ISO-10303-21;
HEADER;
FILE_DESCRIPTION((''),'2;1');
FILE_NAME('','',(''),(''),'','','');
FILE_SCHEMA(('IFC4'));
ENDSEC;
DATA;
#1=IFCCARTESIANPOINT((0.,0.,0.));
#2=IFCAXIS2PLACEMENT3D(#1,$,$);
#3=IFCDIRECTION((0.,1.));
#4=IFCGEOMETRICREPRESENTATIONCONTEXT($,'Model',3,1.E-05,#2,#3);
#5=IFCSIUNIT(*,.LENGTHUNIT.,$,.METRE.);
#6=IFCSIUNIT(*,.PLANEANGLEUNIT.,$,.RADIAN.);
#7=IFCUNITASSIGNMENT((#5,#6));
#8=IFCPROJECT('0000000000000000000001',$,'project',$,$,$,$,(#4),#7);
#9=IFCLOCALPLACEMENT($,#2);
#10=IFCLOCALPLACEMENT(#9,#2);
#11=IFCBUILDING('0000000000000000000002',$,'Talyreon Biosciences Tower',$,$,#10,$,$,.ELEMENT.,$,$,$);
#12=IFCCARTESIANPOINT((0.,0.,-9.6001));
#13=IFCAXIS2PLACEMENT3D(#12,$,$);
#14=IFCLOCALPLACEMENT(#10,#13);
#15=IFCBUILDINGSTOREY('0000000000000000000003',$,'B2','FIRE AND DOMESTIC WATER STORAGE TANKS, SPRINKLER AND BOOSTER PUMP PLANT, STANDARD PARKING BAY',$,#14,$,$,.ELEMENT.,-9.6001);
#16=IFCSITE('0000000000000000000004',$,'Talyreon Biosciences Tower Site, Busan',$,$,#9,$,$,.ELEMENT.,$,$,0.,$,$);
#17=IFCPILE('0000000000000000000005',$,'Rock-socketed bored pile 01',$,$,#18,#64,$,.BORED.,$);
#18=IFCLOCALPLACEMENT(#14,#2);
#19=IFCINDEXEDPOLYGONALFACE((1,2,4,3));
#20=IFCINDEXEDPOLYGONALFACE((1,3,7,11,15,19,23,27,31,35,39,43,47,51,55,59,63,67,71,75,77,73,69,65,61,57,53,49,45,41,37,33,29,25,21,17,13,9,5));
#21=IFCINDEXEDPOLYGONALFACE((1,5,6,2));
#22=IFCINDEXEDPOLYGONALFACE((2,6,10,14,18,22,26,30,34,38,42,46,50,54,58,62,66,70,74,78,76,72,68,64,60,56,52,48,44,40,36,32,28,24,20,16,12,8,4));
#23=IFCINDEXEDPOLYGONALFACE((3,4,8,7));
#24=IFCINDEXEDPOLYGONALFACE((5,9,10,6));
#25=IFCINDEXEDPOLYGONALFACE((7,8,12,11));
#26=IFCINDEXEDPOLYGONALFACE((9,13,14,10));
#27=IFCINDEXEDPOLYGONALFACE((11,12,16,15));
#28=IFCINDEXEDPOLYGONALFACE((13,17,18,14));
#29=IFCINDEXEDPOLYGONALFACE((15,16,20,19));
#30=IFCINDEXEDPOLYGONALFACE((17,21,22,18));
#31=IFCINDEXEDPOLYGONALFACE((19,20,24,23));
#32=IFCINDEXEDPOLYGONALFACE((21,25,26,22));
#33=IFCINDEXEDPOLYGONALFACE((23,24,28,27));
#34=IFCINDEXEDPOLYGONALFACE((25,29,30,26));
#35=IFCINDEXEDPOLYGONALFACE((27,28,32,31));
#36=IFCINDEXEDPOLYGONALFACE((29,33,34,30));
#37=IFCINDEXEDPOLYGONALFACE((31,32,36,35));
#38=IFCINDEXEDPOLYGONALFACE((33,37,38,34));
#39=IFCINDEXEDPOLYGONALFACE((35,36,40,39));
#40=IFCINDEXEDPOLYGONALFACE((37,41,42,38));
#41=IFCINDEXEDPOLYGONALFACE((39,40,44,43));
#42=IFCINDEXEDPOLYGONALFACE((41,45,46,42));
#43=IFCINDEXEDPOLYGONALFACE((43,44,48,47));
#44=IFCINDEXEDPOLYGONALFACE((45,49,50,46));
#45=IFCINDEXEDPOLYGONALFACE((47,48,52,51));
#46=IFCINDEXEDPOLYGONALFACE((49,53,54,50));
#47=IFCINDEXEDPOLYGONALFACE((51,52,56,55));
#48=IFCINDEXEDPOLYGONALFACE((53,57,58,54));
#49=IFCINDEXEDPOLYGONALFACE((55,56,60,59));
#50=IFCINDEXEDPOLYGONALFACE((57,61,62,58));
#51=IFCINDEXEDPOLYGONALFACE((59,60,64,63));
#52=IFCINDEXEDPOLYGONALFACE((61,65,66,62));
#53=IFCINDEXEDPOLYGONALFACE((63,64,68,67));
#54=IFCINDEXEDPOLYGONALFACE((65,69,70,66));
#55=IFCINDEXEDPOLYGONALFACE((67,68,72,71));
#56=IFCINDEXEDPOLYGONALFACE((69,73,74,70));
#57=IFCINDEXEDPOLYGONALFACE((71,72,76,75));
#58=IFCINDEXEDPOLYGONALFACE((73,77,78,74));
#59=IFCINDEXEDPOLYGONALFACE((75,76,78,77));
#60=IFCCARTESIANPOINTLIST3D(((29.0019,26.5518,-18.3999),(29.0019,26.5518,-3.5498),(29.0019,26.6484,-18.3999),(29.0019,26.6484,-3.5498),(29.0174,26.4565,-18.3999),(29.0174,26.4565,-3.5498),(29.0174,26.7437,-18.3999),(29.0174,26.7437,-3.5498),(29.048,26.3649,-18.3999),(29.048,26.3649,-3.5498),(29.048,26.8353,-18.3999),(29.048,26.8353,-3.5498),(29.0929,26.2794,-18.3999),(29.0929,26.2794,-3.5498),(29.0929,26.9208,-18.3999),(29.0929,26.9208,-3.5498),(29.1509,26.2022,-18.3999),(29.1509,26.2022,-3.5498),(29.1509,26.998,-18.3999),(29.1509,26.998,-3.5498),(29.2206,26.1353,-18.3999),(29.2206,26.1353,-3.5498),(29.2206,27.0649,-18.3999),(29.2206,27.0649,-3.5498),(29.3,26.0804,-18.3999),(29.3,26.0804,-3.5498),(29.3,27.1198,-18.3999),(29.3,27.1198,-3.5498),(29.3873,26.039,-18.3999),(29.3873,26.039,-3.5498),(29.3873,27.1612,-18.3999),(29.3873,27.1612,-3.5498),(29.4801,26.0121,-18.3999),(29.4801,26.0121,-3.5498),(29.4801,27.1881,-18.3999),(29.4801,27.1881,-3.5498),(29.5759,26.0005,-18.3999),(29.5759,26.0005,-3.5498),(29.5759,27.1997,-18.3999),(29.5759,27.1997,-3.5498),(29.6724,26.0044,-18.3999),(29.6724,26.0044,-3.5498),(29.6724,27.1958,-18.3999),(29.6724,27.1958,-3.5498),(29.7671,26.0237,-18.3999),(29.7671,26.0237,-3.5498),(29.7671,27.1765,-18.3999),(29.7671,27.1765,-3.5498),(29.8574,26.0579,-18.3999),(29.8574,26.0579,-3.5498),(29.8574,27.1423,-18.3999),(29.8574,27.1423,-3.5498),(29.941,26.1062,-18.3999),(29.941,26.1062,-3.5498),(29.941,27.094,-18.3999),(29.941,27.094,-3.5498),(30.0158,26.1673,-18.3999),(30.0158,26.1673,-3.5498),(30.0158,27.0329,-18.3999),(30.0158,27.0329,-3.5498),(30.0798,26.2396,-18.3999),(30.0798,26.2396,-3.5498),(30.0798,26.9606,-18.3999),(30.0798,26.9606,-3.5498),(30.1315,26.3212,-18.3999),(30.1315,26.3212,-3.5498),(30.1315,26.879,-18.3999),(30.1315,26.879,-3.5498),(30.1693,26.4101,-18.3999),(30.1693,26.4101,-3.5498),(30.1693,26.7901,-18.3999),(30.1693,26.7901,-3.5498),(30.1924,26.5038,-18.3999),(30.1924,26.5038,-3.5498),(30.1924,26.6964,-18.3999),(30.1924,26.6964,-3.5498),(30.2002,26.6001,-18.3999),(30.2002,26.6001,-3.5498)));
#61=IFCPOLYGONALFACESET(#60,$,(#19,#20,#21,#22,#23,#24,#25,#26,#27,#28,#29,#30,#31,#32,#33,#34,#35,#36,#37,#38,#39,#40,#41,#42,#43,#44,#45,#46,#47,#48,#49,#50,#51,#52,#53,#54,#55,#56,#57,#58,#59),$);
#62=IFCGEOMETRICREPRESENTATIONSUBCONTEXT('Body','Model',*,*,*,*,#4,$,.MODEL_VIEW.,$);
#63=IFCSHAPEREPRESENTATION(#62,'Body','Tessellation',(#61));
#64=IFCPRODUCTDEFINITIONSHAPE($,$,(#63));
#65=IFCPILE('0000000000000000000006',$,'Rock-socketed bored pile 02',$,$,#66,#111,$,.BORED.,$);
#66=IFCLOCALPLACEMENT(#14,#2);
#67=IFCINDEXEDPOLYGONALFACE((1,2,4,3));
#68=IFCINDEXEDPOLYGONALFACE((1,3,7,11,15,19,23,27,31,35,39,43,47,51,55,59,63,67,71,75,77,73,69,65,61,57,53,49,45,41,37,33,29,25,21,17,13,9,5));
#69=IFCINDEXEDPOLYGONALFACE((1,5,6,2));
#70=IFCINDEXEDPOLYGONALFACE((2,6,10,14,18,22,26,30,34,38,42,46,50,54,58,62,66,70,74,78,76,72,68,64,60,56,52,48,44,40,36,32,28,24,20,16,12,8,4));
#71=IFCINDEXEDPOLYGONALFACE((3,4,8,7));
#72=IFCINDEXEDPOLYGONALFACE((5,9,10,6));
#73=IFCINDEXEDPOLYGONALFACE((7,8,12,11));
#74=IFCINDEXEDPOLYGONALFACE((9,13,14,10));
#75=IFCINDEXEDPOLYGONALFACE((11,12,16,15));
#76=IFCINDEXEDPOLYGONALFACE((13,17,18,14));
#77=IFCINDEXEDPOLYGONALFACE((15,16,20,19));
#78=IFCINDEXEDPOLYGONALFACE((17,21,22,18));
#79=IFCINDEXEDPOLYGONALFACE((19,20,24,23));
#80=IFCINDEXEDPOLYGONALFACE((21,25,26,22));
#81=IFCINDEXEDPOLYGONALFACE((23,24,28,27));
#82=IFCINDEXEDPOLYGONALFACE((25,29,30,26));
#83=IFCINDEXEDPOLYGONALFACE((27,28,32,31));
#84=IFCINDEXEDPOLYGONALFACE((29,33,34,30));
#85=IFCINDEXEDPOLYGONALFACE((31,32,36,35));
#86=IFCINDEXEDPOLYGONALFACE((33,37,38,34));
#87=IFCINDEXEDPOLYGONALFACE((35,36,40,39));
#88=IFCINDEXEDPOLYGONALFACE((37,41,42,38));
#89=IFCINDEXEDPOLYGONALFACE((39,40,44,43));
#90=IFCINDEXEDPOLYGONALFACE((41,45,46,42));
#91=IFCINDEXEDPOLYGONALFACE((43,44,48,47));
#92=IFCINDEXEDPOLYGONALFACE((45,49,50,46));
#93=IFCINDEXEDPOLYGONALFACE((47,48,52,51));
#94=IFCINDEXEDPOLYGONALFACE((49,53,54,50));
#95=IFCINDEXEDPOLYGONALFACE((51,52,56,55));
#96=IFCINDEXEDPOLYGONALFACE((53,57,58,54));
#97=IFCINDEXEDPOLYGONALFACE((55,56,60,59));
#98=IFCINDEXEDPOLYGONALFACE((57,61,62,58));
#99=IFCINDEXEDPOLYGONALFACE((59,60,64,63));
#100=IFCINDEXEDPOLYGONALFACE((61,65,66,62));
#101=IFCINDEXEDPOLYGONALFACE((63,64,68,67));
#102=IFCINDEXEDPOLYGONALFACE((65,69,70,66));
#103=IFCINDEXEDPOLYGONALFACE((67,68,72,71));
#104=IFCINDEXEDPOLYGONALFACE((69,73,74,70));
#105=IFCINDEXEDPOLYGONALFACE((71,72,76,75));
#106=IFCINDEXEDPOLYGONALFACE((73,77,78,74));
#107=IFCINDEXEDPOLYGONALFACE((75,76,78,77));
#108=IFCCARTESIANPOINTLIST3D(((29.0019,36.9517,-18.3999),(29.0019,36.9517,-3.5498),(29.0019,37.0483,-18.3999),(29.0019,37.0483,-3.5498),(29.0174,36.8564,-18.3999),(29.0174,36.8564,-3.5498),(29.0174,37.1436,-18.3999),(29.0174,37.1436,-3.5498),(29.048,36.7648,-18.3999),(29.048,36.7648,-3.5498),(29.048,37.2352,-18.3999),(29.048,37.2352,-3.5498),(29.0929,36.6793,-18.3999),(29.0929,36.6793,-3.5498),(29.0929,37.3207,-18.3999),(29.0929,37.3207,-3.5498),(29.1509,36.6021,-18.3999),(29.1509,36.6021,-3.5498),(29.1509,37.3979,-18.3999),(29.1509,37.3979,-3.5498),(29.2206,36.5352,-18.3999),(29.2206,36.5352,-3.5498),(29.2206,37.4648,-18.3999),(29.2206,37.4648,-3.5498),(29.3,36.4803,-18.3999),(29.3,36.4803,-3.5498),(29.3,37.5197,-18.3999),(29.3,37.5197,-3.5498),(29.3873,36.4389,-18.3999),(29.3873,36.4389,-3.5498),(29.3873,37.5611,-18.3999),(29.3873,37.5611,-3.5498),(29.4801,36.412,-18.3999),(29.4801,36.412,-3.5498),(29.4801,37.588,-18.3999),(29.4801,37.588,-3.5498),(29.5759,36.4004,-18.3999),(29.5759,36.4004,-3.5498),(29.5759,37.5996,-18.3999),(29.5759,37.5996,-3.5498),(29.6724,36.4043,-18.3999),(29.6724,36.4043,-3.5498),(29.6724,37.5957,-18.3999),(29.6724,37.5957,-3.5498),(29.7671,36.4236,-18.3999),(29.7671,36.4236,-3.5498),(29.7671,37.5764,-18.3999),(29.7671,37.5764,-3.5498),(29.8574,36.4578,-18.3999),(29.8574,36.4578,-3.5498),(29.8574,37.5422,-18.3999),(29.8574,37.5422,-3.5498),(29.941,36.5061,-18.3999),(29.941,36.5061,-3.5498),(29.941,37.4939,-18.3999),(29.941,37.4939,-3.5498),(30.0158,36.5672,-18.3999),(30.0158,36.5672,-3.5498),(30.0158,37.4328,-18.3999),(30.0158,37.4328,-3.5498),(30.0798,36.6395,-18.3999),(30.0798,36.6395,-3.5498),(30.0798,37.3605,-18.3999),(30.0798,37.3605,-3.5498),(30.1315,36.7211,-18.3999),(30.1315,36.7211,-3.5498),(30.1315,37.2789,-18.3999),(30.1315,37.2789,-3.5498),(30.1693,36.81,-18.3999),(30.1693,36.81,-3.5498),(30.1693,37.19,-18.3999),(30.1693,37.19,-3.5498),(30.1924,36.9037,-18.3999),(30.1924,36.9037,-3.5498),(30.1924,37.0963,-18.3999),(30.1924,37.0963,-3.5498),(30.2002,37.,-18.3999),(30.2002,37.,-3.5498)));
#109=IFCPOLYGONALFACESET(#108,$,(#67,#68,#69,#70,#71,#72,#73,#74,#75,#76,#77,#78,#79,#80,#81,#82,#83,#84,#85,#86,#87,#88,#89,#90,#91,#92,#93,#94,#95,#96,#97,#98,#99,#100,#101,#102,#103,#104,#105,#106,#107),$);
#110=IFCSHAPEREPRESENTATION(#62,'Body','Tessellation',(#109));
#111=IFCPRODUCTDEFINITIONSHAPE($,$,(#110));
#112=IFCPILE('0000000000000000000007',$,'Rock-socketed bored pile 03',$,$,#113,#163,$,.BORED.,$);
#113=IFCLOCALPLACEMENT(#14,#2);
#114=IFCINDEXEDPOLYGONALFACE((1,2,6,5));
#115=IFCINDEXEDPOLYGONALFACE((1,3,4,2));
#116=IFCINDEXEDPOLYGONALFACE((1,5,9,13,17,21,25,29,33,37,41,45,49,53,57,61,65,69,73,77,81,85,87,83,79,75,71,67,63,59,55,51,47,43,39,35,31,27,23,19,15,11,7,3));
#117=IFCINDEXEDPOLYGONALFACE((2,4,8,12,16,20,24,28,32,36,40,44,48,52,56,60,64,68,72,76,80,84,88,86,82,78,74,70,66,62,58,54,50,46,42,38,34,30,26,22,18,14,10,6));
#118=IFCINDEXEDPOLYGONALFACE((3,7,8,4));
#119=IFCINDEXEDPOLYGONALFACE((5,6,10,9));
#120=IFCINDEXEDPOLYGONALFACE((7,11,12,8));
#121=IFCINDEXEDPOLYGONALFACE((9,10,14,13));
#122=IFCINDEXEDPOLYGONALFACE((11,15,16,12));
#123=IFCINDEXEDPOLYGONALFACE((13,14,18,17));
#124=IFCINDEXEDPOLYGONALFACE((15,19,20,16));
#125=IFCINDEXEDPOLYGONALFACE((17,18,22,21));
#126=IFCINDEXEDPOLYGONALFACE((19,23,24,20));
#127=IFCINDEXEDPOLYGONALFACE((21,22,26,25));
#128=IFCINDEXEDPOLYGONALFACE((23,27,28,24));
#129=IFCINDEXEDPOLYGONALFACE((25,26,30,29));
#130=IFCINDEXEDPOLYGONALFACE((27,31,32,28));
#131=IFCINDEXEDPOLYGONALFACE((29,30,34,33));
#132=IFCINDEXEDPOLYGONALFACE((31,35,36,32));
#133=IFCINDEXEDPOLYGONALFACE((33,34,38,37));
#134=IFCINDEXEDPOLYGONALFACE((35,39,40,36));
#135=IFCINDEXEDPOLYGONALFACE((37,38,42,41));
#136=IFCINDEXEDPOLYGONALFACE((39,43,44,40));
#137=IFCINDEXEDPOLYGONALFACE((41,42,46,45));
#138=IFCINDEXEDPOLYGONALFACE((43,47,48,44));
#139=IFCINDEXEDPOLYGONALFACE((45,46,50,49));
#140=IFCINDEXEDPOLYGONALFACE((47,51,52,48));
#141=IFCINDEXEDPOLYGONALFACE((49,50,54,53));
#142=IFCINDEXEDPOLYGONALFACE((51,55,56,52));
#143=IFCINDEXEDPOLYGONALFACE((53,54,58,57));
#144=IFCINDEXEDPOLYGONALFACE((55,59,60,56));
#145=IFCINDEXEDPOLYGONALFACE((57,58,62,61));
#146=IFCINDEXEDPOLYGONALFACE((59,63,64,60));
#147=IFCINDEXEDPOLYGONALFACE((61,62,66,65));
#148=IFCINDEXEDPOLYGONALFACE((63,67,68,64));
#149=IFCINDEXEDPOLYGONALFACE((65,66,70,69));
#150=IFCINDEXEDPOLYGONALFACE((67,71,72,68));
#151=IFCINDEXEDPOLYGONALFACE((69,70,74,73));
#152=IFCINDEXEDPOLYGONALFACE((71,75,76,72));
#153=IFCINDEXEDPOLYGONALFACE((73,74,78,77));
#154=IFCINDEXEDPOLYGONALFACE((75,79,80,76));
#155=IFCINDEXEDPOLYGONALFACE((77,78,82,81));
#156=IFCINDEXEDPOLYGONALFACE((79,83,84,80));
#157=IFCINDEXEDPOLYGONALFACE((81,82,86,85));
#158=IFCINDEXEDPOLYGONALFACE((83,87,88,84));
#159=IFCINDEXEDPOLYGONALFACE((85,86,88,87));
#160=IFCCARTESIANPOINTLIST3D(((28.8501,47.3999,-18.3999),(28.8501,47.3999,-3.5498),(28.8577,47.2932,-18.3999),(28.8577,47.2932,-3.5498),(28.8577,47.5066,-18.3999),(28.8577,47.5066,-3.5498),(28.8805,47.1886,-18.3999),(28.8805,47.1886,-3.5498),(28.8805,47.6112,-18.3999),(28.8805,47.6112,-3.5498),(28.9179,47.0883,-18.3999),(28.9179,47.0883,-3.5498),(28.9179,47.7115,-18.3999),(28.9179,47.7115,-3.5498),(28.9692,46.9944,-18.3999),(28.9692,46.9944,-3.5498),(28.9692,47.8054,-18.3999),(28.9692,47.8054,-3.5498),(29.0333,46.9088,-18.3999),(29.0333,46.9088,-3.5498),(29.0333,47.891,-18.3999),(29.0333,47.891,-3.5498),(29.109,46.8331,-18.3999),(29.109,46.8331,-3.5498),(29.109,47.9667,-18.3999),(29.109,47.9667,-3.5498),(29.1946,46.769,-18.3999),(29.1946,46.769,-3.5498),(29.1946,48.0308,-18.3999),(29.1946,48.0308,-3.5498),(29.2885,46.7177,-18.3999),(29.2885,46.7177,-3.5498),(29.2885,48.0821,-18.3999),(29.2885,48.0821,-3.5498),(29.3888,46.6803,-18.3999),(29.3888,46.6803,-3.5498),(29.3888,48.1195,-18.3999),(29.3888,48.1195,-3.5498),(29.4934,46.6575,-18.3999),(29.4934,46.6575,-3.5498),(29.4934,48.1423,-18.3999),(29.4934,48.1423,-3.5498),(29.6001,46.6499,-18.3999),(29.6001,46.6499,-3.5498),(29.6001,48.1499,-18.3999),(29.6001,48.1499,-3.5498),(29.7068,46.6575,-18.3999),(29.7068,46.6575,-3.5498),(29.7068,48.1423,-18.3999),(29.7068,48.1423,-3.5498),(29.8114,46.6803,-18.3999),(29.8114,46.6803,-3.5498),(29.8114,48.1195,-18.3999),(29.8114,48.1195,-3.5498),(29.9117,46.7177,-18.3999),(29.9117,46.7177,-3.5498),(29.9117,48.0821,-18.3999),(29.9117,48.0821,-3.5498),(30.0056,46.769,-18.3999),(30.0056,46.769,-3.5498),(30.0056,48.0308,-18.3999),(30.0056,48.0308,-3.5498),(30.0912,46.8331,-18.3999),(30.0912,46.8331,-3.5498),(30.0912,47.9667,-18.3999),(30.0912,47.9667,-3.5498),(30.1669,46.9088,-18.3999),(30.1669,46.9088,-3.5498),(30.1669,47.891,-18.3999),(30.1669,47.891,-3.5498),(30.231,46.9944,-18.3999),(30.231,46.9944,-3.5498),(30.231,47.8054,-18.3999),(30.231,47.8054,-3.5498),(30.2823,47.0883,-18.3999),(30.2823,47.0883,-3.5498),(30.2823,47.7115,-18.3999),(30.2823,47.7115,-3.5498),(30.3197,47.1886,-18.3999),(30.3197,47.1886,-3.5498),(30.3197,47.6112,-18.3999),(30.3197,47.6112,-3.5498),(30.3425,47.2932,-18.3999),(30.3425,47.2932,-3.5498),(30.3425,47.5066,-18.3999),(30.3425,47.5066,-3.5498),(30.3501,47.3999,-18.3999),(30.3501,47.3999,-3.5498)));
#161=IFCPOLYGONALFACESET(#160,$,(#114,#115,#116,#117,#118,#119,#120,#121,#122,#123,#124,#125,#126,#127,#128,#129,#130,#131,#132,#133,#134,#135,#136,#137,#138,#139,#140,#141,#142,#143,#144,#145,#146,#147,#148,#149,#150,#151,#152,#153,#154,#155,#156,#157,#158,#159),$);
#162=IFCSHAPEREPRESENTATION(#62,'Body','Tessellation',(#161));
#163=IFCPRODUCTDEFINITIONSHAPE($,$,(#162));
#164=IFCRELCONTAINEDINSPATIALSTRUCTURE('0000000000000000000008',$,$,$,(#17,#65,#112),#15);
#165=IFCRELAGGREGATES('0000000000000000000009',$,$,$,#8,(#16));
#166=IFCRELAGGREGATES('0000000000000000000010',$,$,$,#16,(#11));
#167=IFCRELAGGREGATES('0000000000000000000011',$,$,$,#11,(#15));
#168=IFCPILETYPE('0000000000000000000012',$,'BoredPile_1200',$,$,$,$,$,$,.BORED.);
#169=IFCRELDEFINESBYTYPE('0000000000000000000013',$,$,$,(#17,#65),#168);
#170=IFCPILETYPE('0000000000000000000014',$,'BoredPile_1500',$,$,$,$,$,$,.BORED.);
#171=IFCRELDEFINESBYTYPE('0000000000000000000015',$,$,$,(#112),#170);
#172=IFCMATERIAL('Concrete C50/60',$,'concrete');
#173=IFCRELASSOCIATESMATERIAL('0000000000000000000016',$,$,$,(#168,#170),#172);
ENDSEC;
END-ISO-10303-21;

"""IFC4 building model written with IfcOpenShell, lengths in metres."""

from ifc_helpers import new_model, si_unit, direction, frame, origin, origin_2d, place, context, subcontext, project, spatial, circle, extrude, material, material_profile, profile_set, type_object, element, save


model = new_model("IFC4")

# Units and contexts
model_context = context("Model", 3, precision=1e-05, world=origin(), true_north=direction((0.0, 1.0)))
body_context = subcontext(model_context, "Body", "Model", "MODEL_VIEW")
ifc_project = project(units=[si_unit("LENGTHUNIT", "METRE"), si_unit("PLANEANGLEUNIT", "RADIAN")], contexts=[model_context])

# Site, building, storey
site_placement = place(None, origin())
site = spatial("IfcSite", under=ifc_project, at=site_placement, Name="Talyreon Biosciences Tower Site, Busan", CompositionType="ELEMENT", RefElevation=0.0)
building_placement = place(site_placement, origin())
building = spatial("IfcBuilding", under=site, at=building_placement, Name="Talyreon Biosciences Tower", CompositionType="ELEMENT")
storey_placement = place(building_placement, frame((0.0, 0.0, -9.6001)))
storey = spatial("IfcBuildingStorey", under=building, at=storey_placement, Name="B2", Description="FIRE AND DOMESTIC WATER STORAGE TANKS, SPRINKLER AND BOOSTER PUMP PLANT, STANDARD PARKING BAY", CompositionType="ELEMENT", Elevation=-9.6001)

# Piles
ifc_material_1 = material(Name="Concrete C50/60", Category="concrete")
ifc_material_profile_1 = material_profile(ifc_material_1, circle(Radius=0.6001, at=origin_2d()), Name="PILE D1200")
ifc_profile_set_1 = profile_set([ifc_material_profile_1], Name="Concrete C50/60")
pile_type_1 = type_object("IfcPileType", Name="BoredPile_1200", PredefinedType="BORED", material=ifc_profile_set_1)
for number, where, z_axis, x_axis, name in (
    (1, (29.6001, 26.6001, -3.5498), (0.0, 0.0, -1.0), (1.0, 0.0, 0.0), "Rock-socketed bored pile 01"),
    (2, (29.6001, 37.0, -3.5498), (0.0, 0.0, -1.0), (1.0, 0.0, 0.0), "Rock-socketed bored pile 02"),
):
    element("IfcPile", number, at=place(storey_placement, frame(where, z_axis=z_axis, x_axis=x_axis)), inside=storey, type_object=pile_type_1, Name=name, PredefinedType="BORED", context=body_context, shape_type="SweptSolid", body=[
        extrude(circle(Radius=0.6001, at=origin_2d()), origin(), (0.0, 0.0, 1.0), 14.8501),
    ])
ifc_material_profile_2 = material_profile(ifc_material_1, circle(Radius=0.75, at=origin_2d()), Name="PILE D1500")
ifc_profile_set_2 = profile_set([ifc_material_profile_2], Name="Concrete C50/60")
pile_type_2 = type_object("IfcPileType", Name="BoredPile_1500", PredefinedType="BORED", material=ifc_profile_set_2)
for number, where, z_axis, x_axis, name in (
    (3, (29.6001, 47.3999, -3.5498), (0.0, 0.0, -1.0), (1.0, 0.0, 0.0), "Rock-socketed bored pile 03"),
):
    element("IfcPile", number, at=place(storey_placement, frame(where, z_axis=z_axis, x_axis=x_axis)), inside=storey, type_object=pile_type_2, Name=name, PredefinedType="BORED", context=body_context, shape_type="SweptSolid", body=[
        extrude(circle(Radius=0.75, at=origin_2d()), origin(), (0.0, 0.0, 1.0), 14.8501),
    ])

save(model, "model.ifc")
